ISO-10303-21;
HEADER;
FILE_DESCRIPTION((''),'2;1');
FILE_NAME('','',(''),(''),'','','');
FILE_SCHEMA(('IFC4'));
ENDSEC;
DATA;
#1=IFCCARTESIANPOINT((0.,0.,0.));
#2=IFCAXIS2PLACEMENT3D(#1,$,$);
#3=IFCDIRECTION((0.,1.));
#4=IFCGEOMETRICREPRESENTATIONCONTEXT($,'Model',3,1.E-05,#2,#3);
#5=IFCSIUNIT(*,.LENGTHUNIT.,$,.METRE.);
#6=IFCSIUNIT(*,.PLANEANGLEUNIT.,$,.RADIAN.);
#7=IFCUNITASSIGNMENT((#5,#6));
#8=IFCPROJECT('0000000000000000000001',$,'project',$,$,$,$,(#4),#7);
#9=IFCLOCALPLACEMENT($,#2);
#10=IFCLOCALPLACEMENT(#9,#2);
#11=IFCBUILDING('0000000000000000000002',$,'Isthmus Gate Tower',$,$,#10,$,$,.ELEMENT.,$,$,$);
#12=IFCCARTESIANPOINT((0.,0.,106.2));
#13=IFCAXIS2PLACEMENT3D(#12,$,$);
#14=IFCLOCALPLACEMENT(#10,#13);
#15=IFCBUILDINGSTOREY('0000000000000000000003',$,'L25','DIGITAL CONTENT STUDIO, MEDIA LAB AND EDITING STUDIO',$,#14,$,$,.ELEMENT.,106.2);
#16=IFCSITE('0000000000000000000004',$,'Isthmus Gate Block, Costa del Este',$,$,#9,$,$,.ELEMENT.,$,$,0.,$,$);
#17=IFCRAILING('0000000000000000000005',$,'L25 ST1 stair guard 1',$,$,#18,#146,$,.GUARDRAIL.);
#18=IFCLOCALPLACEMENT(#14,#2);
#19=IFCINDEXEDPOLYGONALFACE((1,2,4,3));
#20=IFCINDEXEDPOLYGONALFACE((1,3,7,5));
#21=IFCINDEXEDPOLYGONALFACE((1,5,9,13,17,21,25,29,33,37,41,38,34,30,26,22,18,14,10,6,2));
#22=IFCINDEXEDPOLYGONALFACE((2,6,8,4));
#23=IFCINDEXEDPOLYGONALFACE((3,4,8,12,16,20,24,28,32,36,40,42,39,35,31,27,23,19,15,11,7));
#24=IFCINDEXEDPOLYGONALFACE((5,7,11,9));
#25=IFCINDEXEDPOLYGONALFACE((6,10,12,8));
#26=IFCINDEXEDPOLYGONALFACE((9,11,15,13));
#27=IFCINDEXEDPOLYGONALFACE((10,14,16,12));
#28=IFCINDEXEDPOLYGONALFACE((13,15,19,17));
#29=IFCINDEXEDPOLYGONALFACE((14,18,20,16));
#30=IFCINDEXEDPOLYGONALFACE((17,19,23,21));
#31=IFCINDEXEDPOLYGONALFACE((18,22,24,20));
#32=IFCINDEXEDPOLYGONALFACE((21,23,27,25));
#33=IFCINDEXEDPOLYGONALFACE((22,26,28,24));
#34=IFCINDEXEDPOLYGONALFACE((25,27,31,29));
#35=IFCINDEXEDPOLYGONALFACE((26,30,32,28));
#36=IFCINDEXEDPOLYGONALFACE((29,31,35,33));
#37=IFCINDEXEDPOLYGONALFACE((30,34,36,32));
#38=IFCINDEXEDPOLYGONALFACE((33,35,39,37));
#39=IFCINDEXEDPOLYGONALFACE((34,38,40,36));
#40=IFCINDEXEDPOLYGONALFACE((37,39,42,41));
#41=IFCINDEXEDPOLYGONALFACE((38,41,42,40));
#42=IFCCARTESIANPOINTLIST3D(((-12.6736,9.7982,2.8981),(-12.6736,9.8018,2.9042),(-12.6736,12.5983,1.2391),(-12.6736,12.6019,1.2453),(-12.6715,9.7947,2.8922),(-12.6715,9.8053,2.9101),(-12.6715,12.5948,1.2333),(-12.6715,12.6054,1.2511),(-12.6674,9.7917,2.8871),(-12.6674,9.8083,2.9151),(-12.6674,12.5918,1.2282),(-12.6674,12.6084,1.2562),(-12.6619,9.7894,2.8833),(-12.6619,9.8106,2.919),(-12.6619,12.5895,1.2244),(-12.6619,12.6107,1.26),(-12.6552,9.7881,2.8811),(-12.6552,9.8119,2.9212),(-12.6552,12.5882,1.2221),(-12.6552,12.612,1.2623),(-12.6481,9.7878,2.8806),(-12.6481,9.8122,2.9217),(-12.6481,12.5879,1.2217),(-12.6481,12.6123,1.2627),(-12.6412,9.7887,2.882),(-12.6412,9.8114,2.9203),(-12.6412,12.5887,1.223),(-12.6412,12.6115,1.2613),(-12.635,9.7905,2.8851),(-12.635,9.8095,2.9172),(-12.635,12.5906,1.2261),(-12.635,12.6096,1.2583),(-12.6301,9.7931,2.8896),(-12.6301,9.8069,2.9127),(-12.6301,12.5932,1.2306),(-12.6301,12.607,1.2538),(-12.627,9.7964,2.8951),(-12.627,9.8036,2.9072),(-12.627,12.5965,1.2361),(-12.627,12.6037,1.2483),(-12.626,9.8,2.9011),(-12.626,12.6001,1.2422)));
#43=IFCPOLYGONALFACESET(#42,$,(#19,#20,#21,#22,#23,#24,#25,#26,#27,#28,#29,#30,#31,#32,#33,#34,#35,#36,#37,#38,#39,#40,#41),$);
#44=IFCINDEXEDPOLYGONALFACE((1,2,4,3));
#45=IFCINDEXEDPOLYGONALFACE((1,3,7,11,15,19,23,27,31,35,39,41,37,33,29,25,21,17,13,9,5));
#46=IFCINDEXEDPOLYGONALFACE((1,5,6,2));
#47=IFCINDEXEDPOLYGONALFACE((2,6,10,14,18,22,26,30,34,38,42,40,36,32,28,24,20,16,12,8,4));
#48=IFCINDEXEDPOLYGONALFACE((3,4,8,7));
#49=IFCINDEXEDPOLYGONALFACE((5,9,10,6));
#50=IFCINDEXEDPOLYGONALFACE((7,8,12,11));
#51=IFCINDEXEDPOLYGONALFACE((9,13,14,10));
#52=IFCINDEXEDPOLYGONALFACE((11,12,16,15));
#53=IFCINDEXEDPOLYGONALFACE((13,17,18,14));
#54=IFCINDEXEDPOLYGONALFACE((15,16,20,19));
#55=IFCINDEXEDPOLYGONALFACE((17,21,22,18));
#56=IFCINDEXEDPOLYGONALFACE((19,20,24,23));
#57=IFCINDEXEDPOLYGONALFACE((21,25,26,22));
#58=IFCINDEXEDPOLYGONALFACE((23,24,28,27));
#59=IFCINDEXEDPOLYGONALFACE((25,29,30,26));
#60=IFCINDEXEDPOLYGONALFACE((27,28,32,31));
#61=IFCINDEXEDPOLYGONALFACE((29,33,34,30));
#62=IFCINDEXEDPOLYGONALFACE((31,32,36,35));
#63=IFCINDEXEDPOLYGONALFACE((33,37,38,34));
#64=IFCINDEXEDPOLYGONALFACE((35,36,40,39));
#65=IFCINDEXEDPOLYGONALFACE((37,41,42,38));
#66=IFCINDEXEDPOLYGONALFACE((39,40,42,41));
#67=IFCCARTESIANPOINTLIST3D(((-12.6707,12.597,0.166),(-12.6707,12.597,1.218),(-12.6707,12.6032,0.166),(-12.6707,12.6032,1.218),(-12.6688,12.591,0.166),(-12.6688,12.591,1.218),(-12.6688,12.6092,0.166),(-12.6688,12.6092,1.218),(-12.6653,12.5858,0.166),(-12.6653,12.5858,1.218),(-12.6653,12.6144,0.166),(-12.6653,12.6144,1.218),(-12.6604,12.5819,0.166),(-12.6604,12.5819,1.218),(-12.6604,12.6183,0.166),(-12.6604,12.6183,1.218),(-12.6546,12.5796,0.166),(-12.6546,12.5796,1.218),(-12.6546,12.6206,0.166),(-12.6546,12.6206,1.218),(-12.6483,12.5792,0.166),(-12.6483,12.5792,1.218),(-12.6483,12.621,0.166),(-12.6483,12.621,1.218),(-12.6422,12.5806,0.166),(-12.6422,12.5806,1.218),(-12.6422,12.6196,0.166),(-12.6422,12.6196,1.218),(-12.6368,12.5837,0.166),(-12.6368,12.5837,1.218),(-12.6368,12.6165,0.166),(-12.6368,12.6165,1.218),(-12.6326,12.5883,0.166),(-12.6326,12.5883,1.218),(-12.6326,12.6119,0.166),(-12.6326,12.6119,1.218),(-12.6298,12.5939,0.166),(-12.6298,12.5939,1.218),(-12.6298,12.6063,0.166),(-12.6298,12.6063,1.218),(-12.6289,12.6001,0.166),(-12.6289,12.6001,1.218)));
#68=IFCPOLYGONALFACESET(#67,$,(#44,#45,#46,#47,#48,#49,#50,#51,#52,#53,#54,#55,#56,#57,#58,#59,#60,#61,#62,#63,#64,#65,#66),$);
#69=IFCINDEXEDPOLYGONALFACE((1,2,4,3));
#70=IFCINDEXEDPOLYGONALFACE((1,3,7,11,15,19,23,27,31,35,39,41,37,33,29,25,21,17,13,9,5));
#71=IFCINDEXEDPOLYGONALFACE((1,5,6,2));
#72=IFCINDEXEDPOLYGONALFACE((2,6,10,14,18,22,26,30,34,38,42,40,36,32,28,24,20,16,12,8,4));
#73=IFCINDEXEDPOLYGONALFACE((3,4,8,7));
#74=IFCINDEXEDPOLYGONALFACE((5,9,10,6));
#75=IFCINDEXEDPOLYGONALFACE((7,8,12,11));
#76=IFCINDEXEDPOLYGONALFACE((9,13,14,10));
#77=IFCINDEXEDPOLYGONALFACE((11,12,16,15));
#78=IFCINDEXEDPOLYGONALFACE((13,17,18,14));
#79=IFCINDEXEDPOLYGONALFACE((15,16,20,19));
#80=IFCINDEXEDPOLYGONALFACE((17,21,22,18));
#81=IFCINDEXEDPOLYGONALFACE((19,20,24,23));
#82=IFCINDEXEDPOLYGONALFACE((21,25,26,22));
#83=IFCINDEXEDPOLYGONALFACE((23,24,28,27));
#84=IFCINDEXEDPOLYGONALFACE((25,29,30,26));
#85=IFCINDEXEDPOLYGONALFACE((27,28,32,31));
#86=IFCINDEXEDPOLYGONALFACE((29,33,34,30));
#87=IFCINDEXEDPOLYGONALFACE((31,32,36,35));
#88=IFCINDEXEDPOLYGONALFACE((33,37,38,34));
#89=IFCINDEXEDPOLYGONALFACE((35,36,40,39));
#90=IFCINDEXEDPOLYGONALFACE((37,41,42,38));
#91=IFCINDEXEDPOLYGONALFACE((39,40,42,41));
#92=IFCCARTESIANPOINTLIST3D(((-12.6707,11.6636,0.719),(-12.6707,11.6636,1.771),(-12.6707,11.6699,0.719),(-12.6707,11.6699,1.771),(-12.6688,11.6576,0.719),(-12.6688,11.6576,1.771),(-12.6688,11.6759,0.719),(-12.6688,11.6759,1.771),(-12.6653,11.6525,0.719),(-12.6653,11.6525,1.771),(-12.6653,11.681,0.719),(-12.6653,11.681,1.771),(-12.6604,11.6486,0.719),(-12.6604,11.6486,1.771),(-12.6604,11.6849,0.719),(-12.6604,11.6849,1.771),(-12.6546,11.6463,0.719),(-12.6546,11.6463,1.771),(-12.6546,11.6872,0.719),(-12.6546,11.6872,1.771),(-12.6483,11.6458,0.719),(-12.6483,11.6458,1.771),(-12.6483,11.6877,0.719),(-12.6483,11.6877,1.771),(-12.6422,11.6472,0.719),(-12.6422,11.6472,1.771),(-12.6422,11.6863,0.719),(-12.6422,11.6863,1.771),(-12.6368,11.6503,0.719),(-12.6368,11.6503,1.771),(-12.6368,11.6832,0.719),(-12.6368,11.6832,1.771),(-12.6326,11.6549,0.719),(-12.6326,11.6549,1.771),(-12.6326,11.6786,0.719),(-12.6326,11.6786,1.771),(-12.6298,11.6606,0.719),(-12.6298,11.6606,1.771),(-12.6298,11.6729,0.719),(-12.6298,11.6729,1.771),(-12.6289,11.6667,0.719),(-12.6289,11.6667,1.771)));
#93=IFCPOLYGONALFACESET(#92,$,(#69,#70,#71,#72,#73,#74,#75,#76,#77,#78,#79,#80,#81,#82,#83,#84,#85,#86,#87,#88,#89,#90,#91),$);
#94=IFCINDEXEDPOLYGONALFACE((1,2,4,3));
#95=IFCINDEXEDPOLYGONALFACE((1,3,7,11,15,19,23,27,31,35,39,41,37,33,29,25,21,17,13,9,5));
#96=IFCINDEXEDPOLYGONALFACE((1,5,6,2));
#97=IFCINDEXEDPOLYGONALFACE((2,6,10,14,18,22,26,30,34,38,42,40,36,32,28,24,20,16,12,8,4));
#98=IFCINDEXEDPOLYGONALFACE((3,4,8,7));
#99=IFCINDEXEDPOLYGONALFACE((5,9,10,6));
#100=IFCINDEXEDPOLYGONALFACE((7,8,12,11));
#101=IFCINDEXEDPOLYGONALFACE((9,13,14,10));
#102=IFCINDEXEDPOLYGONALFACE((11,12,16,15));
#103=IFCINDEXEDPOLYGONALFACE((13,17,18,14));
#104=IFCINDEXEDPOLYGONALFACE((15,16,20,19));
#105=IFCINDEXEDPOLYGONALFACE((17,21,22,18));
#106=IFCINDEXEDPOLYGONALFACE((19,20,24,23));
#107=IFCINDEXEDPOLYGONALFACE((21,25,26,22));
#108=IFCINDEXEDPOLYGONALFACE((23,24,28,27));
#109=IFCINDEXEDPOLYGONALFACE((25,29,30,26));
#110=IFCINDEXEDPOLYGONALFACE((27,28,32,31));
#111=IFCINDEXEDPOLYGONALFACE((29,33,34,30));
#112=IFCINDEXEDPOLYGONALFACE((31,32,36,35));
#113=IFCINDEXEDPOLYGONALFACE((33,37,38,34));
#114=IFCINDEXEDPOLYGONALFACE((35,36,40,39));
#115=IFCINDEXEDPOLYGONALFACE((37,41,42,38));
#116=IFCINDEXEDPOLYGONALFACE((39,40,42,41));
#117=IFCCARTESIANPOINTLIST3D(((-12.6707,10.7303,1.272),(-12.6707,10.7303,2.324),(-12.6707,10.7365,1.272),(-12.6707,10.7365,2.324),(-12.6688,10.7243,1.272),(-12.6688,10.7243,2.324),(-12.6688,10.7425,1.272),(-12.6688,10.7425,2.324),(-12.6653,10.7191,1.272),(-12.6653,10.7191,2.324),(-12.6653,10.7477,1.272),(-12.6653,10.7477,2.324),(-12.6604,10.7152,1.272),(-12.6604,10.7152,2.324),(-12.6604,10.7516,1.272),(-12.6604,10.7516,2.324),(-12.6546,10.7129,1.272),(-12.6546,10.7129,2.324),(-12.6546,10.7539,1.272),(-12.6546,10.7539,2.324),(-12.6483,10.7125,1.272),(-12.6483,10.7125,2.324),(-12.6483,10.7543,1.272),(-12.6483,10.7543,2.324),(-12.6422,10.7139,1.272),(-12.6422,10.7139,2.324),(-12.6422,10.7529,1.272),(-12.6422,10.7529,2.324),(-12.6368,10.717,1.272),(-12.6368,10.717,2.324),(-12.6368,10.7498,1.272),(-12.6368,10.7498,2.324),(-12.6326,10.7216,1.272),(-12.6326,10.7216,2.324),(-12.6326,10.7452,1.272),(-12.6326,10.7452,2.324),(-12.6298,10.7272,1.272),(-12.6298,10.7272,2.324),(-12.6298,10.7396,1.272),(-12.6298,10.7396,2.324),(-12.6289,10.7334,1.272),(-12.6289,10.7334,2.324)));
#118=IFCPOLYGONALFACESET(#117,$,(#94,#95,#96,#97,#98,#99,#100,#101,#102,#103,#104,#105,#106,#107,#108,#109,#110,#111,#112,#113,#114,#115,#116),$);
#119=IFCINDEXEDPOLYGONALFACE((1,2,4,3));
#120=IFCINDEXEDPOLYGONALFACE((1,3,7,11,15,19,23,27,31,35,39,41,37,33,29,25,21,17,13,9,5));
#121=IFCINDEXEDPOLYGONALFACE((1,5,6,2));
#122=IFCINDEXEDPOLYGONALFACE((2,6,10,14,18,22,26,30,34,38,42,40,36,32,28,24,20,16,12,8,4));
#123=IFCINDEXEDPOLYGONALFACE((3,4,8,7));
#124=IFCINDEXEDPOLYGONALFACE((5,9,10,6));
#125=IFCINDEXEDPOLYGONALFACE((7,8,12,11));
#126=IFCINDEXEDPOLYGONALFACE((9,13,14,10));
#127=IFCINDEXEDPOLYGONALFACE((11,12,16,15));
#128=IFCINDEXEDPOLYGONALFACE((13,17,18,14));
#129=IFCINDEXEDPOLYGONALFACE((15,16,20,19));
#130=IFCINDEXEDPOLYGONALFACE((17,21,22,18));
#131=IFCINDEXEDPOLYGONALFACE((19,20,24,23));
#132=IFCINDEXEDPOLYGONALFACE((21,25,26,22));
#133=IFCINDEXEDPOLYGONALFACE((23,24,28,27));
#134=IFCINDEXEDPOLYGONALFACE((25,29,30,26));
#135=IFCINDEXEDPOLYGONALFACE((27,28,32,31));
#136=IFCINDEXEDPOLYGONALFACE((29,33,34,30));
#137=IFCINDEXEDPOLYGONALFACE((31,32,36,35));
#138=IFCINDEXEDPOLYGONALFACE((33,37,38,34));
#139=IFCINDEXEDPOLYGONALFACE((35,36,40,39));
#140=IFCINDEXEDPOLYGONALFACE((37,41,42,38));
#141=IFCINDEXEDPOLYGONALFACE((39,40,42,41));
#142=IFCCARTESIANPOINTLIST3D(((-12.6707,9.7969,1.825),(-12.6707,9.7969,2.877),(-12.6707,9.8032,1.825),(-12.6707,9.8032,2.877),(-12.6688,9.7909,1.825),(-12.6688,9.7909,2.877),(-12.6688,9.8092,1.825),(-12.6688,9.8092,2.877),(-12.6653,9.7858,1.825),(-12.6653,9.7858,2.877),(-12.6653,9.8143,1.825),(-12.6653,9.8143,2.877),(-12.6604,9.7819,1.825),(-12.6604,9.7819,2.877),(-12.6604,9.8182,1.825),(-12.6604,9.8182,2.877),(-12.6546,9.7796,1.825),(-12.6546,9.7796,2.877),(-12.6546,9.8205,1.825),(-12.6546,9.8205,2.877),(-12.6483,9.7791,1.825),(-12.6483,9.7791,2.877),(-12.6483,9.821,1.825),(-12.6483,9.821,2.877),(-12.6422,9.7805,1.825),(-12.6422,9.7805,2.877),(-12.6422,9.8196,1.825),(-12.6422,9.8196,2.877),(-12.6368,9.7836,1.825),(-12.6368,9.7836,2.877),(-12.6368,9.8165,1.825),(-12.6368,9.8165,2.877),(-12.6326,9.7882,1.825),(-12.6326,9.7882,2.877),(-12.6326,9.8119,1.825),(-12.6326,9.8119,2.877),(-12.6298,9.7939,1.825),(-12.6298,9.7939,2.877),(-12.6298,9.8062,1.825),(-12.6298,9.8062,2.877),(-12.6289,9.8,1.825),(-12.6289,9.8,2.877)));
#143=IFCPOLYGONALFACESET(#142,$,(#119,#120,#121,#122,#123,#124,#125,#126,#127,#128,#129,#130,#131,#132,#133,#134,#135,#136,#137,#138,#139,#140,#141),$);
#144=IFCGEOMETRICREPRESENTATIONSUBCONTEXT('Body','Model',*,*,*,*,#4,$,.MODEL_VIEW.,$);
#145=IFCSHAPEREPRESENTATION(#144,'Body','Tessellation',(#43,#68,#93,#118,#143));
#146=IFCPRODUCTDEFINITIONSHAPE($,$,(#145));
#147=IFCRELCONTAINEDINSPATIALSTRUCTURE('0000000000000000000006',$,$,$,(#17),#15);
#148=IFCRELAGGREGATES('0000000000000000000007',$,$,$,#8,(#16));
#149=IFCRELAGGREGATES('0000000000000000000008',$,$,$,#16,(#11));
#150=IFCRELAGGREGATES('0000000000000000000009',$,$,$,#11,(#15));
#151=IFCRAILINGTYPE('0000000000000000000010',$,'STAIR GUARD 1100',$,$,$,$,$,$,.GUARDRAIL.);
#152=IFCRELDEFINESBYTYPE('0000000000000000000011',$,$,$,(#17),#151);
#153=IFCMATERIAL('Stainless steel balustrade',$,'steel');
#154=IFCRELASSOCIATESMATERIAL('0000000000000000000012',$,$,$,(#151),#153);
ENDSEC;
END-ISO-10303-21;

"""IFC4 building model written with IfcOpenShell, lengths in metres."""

from ifc_helpers import new_model, si_unit, direction, frame, origin, origin_2d, place, context, subcontext, project, spatial, circle, extrude, material, type_object, element, save


model = new_model("IFC4")

# Units and contexts
model_context = context("Model", 3, precision=1e-05, world=origin(), true_north=direction((0.0, 1.0)))
body_context = subcontext(model_context, "Body", "Model", "MODEL_VIEW")
ifc_project = project(units=[si_unit("LENGTHUNIT", "METRE"), si_unit("PLANEANGLEUNIT", "RADIAN")], contexts=[model_context])

# Site, building, storey
site_placement = place(None, origin())
site = spatial("IfcSite", under=ifc_project, at=site_placement, Name="Isthmus Gate Block, Costa del Este", CompositionType="ELEMENT", RefElevation=0.0)
building_placement = place(site_placement, origin())
building = spatial("IfcBuilding", under=site, at=building_placement, Name="Isthmus Gate Tower", CompositionType="ELEMENT")
storey_placement = place(building_placement, frame((0.0, 0.0, 106.2)))
storey = spatial("IfcBuildingStorey", under=building, at=storey_placement, Name="L25", Description="DIGITAL CONTENT STUDIO, MEDIA LAB AND EDITING STUDIO", CompositionType="ELEMENT", Elevation=106.2)

# Railing
ifc_material_1 = material(Name="Stainless steel balustrade", Category="steel")
railing_type_1 = type_object("IfcRailingType", Name="STAIR GUARD 1100", PredefinedType="GUARDRAIL", material=ifc_material_1)
railing_1_placement = place(storey_placement, frame((-12.6499, 12.6001, 0.166)))
element("IfcRailing", 1, at=railing_1_placement, inside=storey, type_object=railing_type_1, Name="L25 ST1 stair guard 1", PredefinedType="GUARDRAIL", context=body_context, shape_type="SweptSolid", body=[
    extrude(circle(Radius=0.0239, at=origin_2d()), frame((0.0, 0.0, 1.0762), z_axis=(0.0, -0.860339, 0.509722), x_axis=(1.0, 0.0, 0.0)), (0.0, 0.0, 1.0), 3.2546),
    extrude(circle(Radius=0.021, at=origin_2d()), origin(), (0.0, 0.0, 1.0), 1.052),
    extrude(circle(Radius=0.021, at=origin_2d()), frame((0.0, -0.9333, 0.553)), (0.0, 0.0, 1.0), 1.052),
    extrude(circle(Radius=0.021, at=origin_2d()), frame((0.0, -1.8667, 1.106)), (0.0, 0.0, 1.0), 1.052),
    extrude(circle(Radius=0.021, at=origin_2d()), frame((0.0, -2.8, 1.6589)), (0.0, 0.0, 1.0), 1.052),
])

save(model, "model.ifc")
